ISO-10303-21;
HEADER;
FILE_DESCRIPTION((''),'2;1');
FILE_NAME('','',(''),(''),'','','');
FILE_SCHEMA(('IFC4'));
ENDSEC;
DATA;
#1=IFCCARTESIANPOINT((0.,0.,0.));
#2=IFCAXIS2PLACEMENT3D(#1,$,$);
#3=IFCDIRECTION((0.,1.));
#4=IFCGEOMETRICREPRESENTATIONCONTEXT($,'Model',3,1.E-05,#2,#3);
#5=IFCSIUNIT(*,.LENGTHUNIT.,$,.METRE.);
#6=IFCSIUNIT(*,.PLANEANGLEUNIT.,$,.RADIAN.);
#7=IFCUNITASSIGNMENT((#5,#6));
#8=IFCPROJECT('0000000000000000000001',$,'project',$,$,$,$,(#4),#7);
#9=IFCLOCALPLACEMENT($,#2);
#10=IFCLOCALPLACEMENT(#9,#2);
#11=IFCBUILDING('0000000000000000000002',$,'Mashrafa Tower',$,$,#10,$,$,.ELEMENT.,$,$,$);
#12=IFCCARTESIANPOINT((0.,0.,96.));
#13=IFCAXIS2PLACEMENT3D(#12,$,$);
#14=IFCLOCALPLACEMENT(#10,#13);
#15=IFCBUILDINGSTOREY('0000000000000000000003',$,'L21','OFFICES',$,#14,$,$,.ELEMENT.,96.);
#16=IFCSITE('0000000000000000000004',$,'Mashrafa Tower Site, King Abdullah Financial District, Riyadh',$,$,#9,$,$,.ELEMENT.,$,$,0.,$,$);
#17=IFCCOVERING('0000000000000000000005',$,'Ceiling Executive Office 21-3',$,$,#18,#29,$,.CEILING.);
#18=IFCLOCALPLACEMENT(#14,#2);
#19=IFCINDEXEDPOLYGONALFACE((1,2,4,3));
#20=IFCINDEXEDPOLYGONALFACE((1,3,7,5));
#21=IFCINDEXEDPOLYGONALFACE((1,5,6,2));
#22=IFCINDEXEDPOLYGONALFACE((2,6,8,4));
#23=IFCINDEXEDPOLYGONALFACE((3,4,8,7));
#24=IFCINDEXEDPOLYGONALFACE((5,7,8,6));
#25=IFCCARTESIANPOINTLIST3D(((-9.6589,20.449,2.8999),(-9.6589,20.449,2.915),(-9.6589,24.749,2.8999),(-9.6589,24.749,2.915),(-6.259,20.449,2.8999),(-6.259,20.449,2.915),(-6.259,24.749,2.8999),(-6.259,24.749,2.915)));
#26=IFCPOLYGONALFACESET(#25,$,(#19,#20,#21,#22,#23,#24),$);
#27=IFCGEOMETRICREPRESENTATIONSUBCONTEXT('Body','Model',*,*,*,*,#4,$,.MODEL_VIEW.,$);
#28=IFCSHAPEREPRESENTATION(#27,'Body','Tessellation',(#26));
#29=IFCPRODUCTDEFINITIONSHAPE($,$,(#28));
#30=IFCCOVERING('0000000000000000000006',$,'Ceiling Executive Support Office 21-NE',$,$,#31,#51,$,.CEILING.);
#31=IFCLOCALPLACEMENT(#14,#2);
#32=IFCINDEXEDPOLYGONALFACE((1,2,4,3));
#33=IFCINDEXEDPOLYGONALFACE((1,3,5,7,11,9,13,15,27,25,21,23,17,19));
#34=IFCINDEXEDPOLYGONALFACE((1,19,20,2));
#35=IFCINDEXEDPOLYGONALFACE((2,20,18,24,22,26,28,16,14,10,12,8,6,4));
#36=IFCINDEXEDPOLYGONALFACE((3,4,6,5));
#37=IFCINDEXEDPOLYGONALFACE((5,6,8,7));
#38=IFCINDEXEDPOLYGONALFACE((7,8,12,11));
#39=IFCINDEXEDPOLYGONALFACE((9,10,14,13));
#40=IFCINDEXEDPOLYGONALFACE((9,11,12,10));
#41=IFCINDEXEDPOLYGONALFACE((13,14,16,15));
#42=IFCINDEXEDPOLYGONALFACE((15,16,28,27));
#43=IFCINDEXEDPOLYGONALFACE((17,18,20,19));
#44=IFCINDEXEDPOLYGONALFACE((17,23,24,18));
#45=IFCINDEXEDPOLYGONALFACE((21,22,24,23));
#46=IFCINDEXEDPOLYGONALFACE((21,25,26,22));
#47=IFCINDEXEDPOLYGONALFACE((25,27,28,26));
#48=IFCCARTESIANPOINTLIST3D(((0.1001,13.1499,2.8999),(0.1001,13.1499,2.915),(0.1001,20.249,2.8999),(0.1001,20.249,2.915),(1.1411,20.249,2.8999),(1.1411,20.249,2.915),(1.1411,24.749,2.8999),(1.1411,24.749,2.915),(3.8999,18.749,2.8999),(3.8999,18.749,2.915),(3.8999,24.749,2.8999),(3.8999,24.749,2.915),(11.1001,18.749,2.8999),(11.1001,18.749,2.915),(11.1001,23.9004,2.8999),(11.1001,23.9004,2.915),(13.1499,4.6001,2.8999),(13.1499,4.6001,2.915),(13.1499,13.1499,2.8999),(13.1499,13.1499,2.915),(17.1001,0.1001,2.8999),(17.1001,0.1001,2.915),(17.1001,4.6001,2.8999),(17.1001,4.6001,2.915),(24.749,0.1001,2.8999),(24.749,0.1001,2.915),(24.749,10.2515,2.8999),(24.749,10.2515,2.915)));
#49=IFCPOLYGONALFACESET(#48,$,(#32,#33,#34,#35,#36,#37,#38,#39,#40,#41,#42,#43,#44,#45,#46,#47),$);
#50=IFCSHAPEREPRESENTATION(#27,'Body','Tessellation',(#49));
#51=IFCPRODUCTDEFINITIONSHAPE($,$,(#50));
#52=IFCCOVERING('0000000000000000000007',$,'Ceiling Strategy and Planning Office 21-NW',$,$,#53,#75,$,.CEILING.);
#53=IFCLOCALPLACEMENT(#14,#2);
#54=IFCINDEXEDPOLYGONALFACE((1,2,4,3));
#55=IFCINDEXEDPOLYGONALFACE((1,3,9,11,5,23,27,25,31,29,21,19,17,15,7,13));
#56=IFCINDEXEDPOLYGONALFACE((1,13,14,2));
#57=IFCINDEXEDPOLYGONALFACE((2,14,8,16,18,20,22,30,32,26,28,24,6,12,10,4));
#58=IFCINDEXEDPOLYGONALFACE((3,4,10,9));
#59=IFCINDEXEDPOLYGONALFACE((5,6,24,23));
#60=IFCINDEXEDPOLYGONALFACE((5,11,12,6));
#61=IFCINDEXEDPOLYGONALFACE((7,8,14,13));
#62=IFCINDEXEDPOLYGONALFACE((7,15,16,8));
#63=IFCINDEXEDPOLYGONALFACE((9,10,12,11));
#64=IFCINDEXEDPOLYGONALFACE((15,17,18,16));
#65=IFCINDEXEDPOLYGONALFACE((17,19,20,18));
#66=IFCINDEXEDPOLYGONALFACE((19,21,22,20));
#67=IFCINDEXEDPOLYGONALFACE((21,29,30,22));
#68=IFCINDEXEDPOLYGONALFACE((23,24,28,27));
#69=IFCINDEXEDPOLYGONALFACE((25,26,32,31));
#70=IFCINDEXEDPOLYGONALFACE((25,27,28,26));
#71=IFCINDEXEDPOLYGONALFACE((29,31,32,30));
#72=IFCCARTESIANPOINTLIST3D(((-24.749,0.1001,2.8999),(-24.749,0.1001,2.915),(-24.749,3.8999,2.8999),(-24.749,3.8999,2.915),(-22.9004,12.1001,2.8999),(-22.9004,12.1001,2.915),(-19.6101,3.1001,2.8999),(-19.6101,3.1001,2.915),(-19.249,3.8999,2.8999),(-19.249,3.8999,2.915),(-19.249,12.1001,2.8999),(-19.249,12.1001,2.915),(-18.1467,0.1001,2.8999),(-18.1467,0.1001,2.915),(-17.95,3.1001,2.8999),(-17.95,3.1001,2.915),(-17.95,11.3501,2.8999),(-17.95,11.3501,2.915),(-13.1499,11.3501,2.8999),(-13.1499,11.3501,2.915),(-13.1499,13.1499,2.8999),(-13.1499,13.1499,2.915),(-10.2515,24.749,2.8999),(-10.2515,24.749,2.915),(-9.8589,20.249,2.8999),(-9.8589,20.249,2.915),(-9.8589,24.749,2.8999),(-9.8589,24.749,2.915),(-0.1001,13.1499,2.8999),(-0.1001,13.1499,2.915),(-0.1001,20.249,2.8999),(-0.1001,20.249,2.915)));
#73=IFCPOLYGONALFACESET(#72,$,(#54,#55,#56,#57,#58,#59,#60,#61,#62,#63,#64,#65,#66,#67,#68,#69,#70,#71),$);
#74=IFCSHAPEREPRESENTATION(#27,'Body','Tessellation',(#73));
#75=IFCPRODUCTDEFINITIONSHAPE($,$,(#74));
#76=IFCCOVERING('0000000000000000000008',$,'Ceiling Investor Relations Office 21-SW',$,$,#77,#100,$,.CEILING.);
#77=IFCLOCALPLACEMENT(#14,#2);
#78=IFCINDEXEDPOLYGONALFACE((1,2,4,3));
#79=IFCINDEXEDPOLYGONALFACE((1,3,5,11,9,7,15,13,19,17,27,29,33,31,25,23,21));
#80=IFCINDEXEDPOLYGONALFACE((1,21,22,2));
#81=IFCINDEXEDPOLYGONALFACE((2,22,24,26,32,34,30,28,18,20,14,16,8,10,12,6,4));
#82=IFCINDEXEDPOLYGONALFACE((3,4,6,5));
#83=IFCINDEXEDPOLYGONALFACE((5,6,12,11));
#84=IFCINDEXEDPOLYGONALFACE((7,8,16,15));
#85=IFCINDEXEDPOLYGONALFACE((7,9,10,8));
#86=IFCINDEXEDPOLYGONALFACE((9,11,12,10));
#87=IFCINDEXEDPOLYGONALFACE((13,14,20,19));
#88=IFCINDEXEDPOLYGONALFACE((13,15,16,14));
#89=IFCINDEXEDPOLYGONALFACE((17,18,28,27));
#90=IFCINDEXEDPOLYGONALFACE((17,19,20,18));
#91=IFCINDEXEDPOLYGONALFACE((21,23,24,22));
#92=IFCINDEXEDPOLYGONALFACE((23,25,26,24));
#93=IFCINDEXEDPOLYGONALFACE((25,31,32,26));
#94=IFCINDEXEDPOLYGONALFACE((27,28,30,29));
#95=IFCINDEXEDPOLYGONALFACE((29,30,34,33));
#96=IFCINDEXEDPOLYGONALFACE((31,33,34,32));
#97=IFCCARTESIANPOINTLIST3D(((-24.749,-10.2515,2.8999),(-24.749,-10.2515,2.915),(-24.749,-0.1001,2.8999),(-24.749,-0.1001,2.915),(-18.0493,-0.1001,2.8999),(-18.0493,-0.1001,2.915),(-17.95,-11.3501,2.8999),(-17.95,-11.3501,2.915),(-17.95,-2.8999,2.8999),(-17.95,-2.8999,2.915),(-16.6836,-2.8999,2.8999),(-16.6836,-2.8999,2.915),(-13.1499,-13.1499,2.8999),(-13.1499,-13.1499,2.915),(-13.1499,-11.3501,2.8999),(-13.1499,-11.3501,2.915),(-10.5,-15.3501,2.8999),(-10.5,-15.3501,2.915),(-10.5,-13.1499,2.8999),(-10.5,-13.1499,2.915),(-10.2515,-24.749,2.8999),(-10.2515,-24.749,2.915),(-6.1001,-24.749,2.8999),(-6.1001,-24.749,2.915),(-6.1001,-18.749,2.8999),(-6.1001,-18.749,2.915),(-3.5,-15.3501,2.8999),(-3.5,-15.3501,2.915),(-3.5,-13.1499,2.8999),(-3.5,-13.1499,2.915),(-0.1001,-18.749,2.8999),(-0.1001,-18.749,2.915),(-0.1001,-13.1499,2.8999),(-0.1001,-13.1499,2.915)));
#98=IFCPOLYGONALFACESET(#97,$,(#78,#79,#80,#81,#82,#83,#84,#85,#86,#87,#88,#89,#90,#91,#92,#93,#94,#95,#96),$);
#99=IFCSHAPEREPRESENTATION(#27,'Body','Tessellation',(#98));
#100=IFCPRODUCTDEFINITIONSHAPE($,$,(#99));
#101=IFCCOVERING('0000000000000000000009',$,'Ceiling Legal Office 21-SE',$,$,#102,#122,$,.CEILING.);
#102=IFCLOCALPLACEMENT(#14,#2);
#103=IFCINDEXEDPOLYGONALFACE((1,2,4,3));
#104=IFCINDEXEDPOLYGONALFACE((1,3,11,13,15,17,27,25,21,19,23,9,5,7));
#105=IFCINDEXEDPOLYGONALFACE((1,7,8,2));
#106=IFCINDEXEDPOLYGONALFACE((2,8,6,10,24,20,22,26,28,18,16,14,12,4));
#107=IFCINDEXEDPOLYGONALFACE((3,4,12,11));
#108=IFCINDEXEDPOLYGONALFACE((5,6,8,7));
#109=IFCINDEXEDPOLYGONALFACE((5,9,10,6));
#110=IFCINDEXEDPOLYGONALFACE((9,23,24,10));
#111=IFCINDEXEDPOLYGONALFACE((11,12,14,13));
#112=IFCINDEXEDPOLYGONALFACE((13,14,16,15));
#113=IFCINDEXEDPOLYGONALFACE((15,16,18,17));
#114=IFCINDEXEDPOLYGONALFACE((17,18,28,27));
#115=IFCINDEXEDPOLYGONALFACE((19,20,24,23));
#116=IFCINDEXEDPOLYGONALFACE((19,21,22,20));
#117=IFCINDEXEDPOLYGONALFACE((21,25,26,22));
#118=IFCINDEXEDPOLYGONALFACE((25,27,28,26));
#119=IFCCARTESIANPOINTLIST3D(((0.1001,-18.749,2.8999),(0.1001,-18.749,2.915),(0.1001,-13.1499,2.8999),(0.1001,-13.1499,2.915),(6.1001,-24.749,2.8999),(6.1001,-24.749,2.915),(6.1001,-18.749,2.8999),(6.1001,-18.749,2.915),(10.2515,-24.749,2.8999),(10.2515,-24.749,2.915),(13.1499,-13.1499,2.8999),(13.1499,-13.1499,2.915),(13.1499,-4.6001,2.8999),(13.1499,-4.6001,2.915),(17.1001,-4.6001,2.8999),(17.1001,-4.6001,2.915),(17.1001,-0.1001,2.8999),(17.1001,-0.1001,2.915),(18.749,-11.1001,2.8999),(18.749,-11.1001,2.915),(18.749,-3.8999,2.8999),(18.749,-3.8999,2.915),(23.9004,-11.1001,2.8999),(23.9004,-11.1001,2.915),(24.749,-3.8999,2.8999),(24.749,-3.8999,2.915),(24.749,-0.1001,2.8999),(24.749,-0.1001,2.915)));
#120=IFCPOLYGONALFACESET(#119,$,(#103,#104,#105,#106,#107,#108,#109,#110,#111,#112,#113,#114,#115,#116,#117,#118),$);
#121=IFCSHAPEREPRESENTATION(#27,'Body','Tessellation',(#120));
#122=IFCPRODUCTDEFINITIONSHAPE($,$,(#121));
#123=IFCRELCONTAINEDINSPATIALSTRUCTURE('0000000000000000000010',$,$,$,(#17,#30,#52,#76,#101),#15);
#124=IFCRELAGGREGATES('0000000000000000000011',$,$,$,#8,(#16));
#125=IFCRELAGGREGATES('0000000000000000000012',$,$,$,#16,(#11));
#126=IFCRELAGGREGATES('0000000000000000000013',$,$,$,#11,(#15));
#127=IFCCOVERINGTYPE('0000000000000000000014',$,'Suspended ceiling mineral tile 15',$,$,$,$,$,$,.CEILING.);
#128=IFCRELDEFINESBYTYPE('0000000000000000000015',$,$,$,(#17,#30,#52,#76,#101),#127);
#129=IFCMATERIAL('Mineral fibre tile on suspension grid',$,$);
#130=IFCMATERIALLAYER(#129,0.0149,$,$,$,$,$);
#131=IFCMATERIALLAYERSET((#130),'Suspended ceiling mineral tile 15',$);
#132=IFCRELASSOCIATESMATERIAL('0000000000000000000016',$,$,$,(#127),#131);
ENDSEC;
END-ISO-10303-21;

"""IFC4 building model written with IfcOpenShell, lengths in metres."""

from ifc_helpers import new_model, si_unit, direction, frame, origin, place, context, subcontext, project, spatial, polyline, outline, extrude, material, layer, layer_set, type_object, element, save


model = new_model("IFC4")

# Units and contexts
model_context = context("Model", 3, precision=1e-05, world=origin(), true_north=direction((0.0, 1.0)))
body_context = subcontext(model_context, "Body", "Model", "MODEL_VIEW")
ifc_project = project(units=[si_unit("LENGTHUNIT", "METRE"), si_unit("PLANEANGLEUNIT", "RADIAN")], contexts=[model_context])

# Site, building, storey
site_placement = place(None, origin())
site = spatial("IfcSite", under=ifc_project, at=site_placement, Name="Mashrafa Tower Site, King Abdullah Financial District, Riyadh", CompositionType="ELEMENT", RefElevation=0.0)
building_placement = place(site_placement, origin())
building = spatial("IfcBuilding", under=site, at=building_placement, Name="Mashrafa Tower", CompositionType="ELEMENT")
storey_placement = place(building_placement, frame((0.0, 0.0, 96.0)))
storey = spatial("IfcBuildingStorey", under=building, at=storey_placement, Name="L21", Description="OFFICES", CompositionType="ELEMENT", Elevation=96.0)

# Coverings
ifc_material_1 = material(Name="Mineral fibre tile on suspension grid")
ifc_layer_1 = layer(ifc_material_1, 0.0149)
ifc_layer_set_1 = layer_set([ifc_layer_1], Name="Suspended ceiling mineral tile 15")
covering_type = type_object("IfcCoveringType", Name="Suspended ceiling mineral tile 15", PredefinedType="CEILING", material=ifc_layer_set_1)
covering_1_placement = place(storey_placement, frame((0.0, 0.0, 2.8999)))
element("IfcCovering", 1, at=covering_1_placement, inside=storey, type_object=covering_type, Name="Ceiling Executive Office 21-3", PredefinedType="CEILING", context=body_context, shape_type="SweptSolid", body=[
    extrude(outline(polyline([(-9.6589, 24.749), (-6.259, 24.749), (-6.259, 20.449), (-9.6589, 20.449), (-9.6589, 24.749)])), origin(), (0.0, 0.0, 1.0), 0.0151),
])
covering_2_placement = place(storey_placement, frame((0.0, 0.0, 2.8999)))
element("IfcCovering", 2, at=covering_2_placement, inside=storey, type_object=covering_type, Name="Ceiling Executive Support Office 21-NE", PredefinedType="CEILING", context=body_context, shape_type="SweptSolid", body=[
    extrude(outline(polyline([(0.1001, 13.1499), (0.1001, 20.249), (1.1411, 20.249), (1.1411, 24.749), (3.8999, 24.749), (3.8999, 18.749), (11.1001, 18.749), (11.1001, 23.9004), (24.749, 10.2515), (24.749, 0.1001), (17.1001, 0.1001), (17.1001, 4.6001), (13.1499, 4.6001), (13.1499, 13.1499), (0.1001, 13.1499)])), origin(), (0.0, 0.0, 1.0), 0.0151),
])
covering_3_placement = place(storey_placement, frame((0.0, 0.0, 2.8999)))
element("IfcCovering", 3, at=covering_3_placement, inside=storey, type_object=covering_type, Name="Ceiling Strategy and Planning Office 21-NW", PredefinedType="CEILING", context=body_context, shape_type="SweptSolid", body=[
    extrude(outline(polyline([(-18.1467, 0.1001), (-24.749, 0.1001), (-24.749, 3.8999), (-19.249, 3.8999), (-19.249, 12.1001), (-22.9004, 12.1001), (-10.2515, 24.749), (-9.8589, 24.749), (-9.8589, 20.249), (-0.1001, 20.249), (-0.1001, 13.1499), (-13.1499, 13.1499), (-13.1499, 11.3501), (-17.95, 11.3501), (-17.95, 3.1001), (-19.6101, 3.1001), (-18.1467, 0.1001)])), origin(), (0.0, 0.0, 1.0), 0.0151),
])
covering_4_placement = place(storey_placement, frame((0.0, 0.0, 2.8999)))
element("IfcCovering", 4, at=covering_4_placement, inside=storey, type_object=covering_type, Name="Ceiling Investor Relations Office 21-SW", PredefinedType="CEILING", context=body_context, shape_type="SweptSolid", body=[
    extrude(outline(polyline([(-0.1001, -13.1499), (-0.1001, -18.749), (-6.1001, -18.749), (-6.1001, -24.749), (-10.2515, -24.749), (-24.749, -10.2515), (-24.749, -0.1001), (-18.0493, -0.1001), (-16.6836, -2.8999), (-17.95, -2.8999), (-17.95, -11.3501), (-13.1499, -11.3501), (-13.1499, -13.1499), (-10.5, -13.1499), (-10.5, -15.3501), (-3.5, -15.3501), (-3.5, -13.1499), (-0.1001, -13.1499)])), origin(), (0.0, 0.0, 1.0), 0.0151),
])
covering_5_placement = place(storey_placement, frame((0.0, 0.0, 2.8999)))
element("IfcCovering", 5, at=covering_5_placement, inside=storey, type_object=covering_type, Name="Ceiling Legal Office 21-SE", PredefinedType="CEILING", context=body_context, shape_type="SweptSolid", body=[
    extrude(outline(polyline([(17.1001, -0.1001), (24.749, -0.1001), (24.749, -3.8999), (18.749, -3.8999), (18.749, -11.1001), (23.9004, -11.1001), (10.2515, -24.749), (6.1001, -24.749), (6.1001, -18.749), (0.1001, -18.749), (0.1001, -13.1499), (13.1499, -13.1499), (13.1499, -4.6001), (17.1001, -4.6001), (17.1001, -0.1001)])), origin(), (0.0, 0.0, 1.0), 0.0151),
])

save(model, "model.ifc")
